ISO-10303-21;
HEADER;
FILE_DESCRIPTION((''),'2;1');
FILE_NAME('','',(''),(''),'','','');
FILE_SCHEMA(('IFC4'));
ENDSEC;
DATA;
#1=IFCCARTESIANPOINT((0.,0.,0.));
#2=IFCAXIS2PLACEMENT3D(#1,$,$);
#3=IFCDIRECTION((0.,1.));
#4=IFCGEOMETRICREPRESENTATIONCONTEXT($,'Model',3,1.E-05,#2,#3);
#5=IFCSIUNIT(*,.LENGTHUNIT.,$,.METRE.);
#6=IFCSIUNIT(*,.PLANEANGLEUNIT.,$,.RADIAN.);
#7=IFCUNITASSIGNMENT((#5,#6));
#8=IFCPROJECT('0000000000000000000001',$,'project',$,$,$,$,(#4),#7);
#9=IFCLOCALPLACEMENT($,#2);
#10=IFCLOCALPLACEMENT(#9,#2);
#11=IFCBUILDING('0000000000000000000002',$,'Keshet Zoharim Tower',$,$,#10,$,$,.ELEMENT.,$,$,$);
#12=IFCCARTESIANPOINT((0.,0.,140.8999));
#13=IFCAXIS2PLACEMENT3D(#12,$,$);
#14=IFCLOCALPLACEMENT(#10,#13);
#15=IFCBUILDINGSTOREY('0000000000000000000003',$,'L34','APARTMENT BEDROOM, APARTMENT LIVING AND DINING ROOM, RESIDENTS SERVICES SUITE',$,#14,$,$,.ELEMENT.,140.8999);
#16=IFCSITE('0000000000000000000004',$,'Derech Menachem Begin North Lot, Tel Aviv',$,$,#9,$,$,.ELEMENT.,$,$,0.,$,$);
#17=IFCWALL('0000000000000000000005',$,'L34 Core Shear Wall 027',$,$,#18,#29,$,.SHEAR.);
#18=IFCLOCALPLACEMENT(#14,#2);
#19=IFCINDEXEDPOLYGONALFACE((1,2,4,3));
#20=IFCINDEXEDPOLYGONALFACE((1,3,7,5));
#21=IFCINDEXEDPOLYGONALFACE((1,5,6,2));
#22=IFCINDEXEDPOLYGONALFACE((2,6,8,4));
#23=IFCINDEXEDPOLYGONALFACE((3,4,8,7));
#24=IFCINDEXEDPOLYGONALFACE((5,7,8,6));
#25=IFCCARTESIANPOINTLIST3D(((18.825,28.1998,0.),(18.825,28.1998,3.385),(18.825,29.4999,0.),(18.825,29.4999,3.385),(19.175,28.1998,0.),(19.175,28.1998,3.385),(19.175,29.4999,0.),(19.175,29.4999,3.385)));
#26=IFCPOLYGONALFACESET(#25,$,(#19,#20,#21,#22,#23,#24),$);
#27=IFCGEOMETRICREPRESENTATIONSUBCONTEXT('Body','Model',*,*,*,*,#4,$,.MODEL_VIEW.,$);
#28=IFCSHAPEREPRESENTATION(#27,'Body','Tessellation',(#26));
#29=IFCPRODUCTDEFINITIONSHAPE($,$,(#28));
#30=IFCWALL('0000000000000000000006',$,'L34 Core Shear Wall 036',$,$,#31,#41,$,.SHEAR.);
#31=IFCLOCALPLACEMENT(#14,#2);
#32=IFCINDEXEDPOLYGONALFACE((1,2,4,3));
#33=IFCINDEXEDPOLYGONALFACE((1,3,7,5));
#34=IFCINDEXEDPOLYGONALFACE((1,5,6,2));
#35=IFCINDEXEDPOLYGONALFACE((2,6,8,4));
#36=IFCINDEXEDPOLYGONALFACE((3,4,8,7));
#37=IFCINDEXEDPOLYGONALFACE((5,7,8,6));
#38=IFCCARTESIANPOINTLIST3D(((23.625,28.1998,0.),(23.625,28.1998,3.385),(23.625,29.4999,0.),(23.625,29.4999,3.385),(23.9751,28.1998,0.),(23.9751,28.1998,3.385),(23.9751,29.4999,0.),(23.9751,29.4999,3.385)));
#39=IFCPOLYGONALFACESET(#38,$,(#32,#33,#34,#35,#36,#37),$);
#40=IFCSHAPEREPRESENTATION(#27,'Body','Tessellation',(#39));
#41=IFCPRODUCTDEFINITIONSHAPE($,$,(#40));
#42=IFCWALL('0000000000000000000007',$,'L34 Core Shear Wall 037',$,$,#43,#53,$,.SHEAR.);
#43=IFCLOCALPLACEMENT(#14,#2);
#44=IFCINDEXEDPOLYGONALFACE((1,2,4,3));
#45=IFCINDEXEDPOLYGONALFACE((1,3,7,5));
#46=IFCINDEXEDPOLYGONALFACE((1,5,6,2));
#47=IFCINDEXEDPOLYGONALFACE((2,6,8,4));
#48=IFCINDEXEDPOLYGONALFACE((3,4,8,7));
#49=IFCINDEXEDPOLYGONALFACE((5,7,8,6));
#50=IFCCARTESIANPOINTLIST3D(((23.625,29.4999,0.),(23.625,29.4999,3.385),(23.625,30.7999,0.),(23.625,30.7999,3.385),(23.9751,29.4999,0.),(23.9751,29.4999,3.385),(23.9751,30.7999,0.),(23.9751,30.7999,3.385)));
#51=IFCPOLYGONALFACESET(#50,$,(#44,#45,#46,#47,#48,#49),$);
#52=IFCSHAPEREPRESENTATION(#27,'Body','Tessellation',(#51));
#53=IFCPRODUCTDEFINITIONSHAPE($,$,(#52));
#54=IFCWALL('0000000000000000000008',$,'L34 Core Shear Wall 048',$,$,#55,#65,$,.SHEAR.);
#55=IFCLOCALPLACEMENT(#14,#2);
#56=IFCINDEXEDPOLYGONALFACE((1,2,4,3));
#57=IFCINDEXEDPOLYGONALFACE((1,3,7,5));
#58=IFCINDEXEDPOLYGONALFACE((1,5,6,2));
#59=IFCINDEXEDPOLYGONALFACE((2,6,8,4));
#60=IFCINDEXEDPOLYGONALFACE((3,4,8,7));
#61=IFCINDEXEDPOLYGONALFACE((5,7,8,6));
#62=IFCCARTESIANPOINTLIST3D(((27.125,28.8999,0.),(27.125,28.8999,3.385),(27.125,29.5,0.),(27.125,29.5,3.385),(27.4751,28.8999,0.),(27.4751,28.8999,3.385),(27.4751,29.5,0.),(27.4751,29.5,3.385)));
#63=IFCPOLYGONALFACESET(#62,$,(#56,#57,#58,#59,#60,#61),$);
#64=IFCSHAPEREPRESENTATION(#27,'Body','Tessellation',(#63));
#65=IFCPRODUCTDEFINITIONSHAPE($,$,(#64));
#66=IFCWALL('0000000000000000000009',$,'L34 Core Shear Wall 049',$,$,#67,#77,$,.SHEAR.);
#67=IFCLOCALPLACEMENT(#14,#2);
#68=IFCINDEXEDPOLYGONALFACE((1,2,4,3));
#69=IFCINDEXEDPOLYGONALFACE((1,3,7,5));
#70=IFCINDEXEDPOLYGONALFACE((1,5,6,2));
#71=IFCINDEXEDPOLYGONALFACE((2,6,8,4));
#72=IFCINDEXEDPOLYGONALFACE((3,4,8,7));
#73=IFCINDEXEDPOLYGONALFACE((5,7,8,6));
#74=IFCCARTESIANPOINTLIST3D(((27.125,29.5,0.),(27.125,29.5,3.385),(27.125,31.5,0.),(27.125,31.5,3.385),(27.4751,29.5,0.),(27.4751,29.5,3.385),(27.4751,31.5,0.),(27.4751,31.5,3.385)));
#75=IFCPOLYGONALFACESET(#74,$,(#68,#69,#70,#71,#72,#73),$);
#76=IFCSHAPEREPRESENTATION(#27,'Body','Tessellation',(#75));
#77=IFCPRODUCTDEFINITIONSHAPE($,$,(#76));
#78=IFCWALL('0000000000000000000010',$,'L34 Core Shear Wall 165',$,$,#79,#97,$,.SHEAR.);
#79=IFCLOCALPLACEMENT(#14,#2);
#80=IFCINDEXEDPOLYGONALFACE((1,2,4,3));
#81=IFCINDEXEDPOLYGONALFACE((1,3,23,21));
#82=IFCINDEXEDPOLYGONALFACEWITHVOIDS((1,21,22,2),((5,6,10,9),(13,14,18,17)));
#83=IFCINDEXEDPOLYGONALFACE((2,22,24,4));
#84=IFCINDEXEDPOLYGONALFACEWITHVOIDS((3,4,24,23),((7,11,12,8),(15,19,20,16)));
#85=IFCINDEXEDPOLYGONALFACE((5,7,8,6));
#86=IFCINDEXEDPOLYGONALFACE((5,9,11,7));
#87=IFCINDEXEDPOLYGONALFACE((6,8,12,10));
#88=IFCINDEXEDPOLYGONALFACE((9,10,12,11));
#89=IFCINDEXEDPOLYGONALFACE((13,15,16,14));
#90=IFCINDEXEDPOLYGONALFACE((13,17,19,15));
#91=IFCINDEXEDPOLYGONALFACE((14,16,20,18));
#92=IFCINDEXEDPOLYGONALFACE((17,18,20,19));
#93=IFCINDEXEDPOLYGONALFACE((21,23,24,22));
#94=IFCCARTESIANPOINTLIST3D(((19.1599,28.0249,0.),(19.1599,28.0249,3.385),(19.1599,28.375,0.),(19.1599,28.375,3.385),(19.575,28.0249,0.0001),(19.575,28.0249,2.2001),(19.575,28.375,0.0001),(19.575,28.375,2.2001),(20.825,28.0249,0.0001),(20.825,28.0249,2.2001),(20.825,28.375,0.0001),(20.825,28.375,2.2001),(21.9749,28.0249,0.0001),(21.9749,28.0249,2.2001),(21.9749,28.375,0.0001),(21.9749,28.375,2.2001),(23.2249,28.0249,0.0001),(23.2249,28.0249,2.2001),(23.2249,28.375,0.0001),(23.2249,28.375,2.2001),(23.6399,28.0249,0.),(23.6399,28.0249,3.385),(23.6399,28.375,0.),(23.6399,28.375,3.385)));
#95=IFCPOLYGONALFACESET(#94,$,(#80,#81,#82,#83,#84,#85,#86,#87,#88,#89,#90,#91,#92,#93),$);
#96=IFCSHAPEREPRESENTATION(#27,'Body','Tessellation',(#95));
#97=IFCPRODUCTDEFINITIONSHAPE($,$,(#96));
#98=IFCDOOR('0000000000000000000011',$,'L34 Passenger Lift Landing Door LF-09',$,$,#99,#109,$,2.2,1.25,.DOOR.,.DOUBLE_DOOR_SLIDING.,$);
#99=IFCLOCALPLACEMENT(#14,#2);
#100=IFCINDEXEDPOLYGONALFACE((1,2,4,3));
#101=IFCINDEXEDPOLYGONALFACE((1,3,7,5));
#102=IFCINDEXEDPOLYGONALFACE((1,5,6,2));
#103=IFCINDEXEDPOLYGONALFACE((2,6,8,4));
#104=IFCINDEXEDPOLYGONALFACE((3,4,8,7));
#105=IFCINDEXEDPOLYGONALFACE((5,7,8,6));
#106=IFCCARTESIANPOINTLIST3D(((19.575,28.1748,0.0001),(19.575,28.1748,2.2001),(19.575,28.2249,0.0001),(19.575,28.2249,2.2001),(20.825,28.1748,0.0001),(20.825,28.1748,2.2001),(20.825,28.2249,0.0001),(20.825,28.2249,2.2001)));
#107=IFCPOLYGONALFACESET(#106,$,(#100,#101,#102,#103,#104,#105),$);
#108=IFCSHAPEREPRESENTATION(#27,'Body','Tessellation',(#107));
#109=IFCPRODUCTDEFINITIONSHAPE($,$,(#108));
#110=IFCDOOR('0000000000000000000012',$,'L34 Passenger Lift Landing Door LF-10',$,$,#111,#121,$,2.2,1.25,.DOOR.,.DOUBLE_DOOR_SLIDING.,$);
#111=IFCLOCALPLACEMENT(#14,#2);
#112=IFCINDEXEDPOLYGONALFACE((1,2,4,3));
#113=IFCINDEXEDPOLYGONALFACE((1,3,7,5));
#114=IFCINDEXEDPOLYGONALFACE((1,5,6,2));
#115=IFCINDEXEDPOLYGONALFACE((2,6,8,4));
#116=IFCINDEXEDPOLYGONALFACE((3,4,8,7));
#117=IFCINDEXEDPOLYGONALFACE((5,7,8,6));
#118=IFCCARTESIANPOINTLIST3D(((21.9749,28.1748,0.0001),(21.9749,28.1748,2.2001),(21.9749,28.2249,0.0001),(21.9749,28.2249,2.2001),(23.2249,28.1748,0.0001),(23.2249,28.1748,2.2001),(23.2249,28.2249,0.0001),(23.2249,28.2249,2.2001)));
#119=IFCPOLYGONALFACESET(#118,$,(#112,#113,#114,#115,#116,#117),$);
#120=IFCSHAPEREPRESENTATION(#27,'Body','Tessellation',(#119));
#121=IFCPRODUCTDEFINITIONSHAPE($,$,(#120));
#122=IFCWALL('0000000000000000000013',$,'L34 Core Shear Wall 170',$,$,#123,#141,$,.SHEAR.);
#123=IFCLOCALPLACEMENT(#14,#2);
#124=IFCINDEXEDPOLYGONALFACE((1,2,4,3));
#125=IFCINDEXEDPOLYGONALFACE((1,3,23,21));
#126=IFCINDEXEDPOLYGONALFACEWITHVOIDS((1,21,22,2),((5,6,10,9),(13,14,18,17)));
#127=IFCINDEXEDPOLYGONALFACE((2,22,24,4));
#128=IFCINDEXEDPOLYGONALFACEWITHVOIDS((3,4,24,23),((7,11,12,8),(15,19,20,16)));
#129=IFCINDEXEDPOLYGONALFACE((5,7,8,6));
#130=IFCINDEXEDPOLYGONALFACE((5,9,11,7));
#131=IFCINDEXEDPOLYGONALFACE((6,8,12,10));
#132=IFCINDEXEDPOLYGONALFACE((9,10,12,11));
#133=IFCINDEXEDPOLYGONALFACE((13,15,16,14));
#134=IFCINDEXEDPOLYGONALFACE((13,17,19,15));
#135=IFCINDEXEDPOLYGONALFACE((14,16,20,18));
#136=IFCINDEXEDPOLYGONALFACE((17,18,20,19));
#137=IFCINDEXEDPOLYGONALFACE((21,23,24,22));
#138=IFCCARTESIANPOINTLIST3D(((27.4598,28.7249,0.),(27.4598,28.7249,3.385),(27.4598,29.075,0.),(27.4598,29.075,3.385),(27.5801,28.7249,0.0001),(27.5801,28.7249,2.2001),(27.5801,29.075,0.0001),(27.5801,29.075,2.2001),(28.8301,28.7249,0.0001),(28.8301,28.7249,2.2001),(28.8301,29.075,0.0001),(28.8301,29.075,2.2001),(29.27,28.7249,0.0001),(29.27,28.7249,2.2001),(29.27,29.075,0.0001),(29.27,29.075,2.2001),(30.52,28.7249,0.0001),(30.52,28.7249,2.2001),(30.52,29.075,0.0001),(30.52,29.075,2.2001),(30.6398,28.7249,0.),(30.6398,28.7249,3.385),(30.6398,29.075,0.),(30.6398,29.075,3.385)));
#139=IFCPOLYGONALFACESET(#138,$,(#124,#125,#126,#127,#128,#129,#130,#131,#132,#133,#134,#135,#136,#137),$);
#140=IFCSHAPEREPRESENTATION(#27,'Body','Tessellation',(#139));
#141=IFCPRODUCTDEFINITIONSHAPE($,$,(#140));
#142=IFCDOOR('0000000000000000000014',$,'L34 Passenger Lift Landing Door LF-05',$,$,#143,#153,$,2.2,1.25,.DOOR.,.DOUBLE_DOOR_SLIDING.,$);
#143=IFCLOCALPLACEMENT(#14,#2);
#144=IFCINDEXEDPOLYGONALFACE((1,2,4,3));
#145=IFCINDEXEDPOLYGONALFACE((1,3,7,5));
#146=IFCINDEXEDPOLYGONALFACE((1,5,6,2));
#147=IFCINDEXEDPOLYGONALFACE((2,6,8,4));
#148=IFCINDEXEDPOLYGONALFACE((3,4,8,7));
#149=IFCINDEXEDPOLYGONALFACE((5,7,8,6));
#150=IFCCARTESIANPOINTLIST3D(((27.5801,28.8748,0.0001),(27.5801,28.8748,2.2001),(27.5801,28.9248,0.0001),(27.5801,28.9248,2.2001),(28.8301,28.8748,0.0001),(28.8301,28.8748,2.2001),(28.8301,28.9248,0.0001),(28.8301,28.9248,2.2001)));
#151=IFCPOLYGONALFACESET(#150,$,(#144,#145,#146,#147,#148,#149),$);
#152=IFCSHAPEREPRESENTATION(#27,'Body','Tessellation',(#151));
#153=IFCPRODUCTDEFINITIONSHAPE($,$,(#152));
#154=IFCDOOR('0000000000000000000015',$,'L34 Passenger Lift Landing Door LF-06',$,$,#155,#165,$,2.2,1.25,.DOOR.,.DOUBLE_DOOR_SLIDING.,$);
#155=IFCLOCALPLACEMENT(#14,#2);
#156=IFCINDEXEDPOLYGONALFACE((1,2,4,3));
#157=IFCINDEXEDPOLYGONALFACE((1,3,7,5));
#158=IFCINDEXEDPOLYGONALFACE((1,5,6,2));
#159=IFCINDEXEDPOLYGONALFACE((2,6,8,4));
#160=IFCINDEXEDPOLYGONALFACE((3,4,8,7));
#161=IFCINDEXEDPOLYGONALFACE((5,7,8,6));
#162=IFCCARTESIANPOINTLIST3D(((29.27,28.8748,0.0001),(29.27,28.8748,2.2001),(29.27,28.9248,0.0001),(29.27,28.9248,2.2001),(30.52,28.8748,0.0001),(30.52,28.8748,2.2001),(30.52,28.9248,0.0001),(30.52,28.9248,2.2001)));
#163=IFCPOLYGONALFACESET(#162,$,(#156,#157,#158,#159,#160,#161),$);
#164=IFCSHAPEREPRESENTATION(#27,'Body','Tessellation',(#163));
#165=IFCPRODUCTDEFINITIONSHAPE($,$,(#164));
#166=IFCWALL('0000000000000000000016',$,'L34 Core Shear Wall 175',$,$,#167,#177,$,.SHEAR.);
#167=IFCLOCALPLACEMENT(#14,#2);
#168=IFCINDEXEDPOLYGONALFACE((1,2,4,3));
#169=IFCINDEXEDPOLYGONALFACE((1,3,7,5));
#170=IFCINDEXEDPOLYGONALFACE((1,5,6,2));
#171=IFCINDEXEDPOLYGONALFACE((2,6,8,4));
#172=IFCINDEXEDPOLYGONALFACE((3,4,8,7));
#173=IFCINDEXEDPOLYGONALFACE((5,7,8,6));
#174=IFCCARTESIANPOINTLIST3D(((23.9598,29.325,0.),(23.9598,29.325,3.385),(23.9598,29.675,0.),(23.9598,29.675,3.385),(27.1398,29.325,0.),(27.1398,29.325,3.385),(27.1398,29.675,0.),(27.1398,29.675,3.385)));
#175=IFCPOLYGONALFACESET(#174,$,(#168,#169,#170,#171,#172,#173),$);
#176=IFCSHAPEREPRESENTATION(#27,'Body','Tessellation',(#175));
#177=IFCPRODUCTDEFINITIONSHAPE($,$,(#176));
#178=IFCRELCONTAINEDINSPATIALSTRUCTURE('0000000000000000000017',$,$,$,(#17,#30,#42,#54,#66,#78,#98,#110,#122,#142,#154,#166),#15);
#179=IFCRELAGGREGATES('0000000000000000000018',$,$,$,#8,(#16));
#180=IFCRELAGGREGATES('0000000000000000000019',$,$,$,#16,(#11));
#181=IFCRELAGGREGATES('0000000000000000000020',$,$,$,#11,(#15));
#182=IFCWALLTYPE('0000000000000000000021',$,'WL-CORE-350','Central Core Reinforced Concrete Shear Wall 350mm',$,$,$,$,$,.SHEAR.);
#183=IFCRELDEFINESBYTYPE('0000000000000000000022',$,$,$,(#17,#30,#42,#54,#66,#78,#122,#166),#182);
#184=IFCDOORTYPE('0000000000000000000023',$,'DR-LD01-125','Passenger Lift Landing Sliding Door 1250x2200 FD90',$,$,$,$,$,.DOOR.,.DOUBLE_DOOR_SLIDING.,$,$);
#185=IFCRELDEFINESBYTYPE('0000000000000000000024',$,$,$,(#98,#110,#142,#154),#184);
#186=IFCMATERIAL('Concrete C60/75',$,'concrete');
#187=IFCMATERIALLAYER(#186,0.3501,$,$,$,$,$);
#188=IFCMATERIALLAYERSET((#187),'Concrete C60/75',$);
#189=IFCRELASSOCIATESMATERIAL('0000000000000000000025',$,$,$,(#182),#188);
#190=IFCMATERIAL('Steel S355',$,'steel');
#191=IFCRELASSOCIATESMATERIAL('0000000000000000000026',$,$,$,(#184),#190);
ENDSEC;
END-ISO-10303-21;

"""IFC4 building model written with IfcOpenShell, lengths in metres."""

from ifc_helpers import new_model, si_unit, direction, frame, frame_2d, origin, place, context, subcontext, project, spatial, rectangle, extrude, material, layer, layer_set, type_object, element, fill, save


model = new_model("IFC4")

# Units and contexts
model_context = context("Model", 3, precision=1e-05, world=origin(), true_north=direction((0.0, 1.0)))
body_context = subcontext(model_context, "Body", "Model", "MODEL_VIEW")
ifc_project = project(units=[si_unit("LENGTHUNIT", "METRE"), si_unit("PLANEANGLEUNIT", "RADIAN")], contexts=[model_context])

# Site, building, storey
site_placement = place(None, origin())
site = spatial("IfcSite", under=ifc_project, at=site_placement, Name="Derech Menachem Begin North Lot, Tel Aviv", CompositionType="ELEMENT", RefElevation=0.0)
building_placement = place(site_placement, origin())
building = spatial("IfcBuilding", under=site, at=building_placement, Name="Keshet Zoharim Tower", CompositionType="ELEMENT")
storey_placement = place(building_placement, frame((0.0, 0.0, 140.8999)))
storey = spatial("IfcBuildingStorey", under=building, at=storey_placement, Name="L34", Description="APARTMENT BEDROOM, APARTMENT LIVING AND DINING ROOM, RESIDENTS SERVICES SUITE", CompositionType="ELEMENT", Elevation=140.8999)

# Wall
ifc_material_1 = material(Name="Concrete C60/75", Category="concrete")
ifc_layer_1 = layer(ifc_material_1, 0.3501)
ifc_layer_set_1 = layer_set([ifc_layer_1], Name="Concrete C60/75")
wall_type_1 = type_object("IfcWallType", Name="WL-CORE-350", Description="Central Core Reinforced Concrete Shear Wall 350mm", PredefinedType="SHEAR", material=ifc_layer_set_1)
wall_1_placement = place(storey_placement, frame((19.0, 28.2, 0.0), z_axis=(0.0, 0.0, 1.0), x_axis=(0.0, 1.0, 0.0)))
element("IfcWall", 1, at=wall_1_placement, inside=storey, type_object=wall_type_1, Name="L34 Core Shear Wall 027", PredefinedType="SHEAR", context=body_context, shape_type="SweptSolid", body=[
    extrude(rectangle(XDim=1.3, YDim=0.3501, at=frame_2d((0.6499, 0.0))), origin(), (0.0, 0.0, 1.0), 3.385),
])

# Walls
for number, where, z_axis, x_axis, name in (
    (2, (23.8, 28.2, 0.0), (0.0, 0.0, 1.0), (0.0, 1.0, 0.0), "L34 Core Shear Wall 036"),
    (3, (23.8, 29.5, 0.0), (0.0, 0.0, 1.0), (0.0, 1.0, 0.0), "L34 Core Shear Wall 037"),
):
    element("IfcWall", number, at=place(storey_placement, frame(where, z_axis=z_axis, x_axis=x_axis)), inside=storey, type_object=wall_type_1, Name=name, PredefinedType="SHEAR", context=body_context, shape_type="SweptSolid", body=[
        extrude(rectangle(XDim=1.3, YDim=0.3501, at=frame_2d((0.6499, 0.0))), origin(), (0.0, 0.0, 1.0), 3.385),
    ])
wall_2_placement = place(storey_placement, frame((27.3, 28.8999, 0.0), z_axis=(0.0, 0.0, 1.0), x_axis=(0.0, 1.0, 0.0)))
element("IfcWall", 4, at=wall_2_placement, inside=storey, type_object=wall_type_1, Name="L34 Core Shear Wall 048", PredefinedType="SHEAR", context=body_context, shape_type="SweptSolid", body=[
    extrude(rectangle(XDim=0.6001, YDim=0.3501, at=frame_2d((0.3, 0.0))), origin(), (0.0, 0.0, 1.0), 3.385),
])
wall_3_placement = place(storey_placement, frame((27.3, 29.5, 0.0), z_axis=(0.0, 0.0, 1.0), x_axis=(0.0, 1.0, 0.0)))
element("IfcWall", 5, at=wall_3_placement, inside=storey, type_object=wall_type_1, Name="L34 Core Shear Wall 049", PredefinedType="SHEAR", context=body_context, shape_type="SweptSolid", body=[
    extrude(rectangle(XDim=2.0, YDim=0.3501, at=frame_2d((1.0, 0.0))), origin(), (0.0, 0.0, 1.0), 3.385),
])

# Walls, openings, doors
wall_4_placement = place(storey_placement, frame((19.1599, 28.2, 0.0), z_axis=(0.0, 0.0, 1.0), x_axis=(1.0, 0.0, 0.0)))
wall_4 = element("IfcWall", 6, at=wall_4_placement, inside=storey, type_object=wall_type_1, Name="L34 Core Shear Wall 165", PredefinedType="SHEAR", context=body_context, shape_type="SweptSolid", body=[
    extrude(rectangle(XDim=4.48, YDim=0.3501, at=frame_2d((2.24, 0.0))), origin(), (0.0, 0.0, 1.0), 3.385),
])
opening_1_placement = place(wall_4_placement, frame((0.415, 0.0, 0.0)))
opening_1 = element("IfcOpeningElement", 7, at=opening_1_placement, cuts=wall_4, PredefinedType="OPENING", context=body_context, shape_type="SweptSolid", body=[
    extrude(rectangle(XDim=1.25, YDim=2.2, at=frame_2d((0.625, 1.1001))), frame((0.0, 0.1851, 0.0), z_axis=(0.0, -1.0, 0.0), x_axis=(1.0, 0.0, 0.0)), (0.0, 0.0, 1.0), 0.3701),
])
opening_2_placement = place(wall_4_placement, frame((2.8149, 0.0, 0.0)))
opening_2 = element("IfcOpeningElement", 8, at=opening_2_placement, cuts=wall_4, PredefinedType="OPENING", context=body_context, shape_type="SweptSolid", body=[
    extrude(rectangle(XDim=1.25, YDim=2.2, at=frame_2d((0.625, 1.1001))), frame((0.0, 0.1851, 0.0), z_axis=(0.0, -1.0, 0.0), x_axis=(1.0, 0.0, 0.0)), (0.0, 0.0, 1.0), 0.3701),
])
ifc_material_2 = material(Name="Steel S355", Category="steel")
door_type_1 = type_object("IfcDoorType", Name="DR-LD01-125", Description="Passenger Lift Landing Sliding Door 1250x2200 FD90", OperationType="DOUBLE_DOOR_SLIDING", PredefinedType="DOOR", material=ifc_material_2)
door_1_placement = place(opening_1_placement, origin())
door_1 = element("IfcDoor", 9, at=door_1_placement, inside=storey, type_object=door_type_1, Name="L34 Passenger Lift Landing Door LF-09", OperationType="DOUBLE_DOOR_SLIDING", OverallHeight=2.2, OverallWidth=1.25, PredefinedType="DOOR", context=body_context, shape_type="SweptSolid", body=[
    extrude(rectangle(XDim=1.25, YDim=2.2, at=frame_2d((0.625, 1.1001))), frame((0.0, 0.0249, 0.0), z_axis=(0.0, -1.0, 0.0), x_axis=(1.0, 0.0, 0.0)), (0.0, 0.0, 1.0), 0.05),
])
fill(opening_1, door_1)
door_2_placement = place(opening_2_placement, origin())
door_2 = element("IfcDoor", 10, at=door_2_placement, inside=storey, type_object=door_type_1, Name="L34 Passenger Lift Landing Door LF-10", OperationType="DOUBLE_DOOR_SLIDING", OverallHeight=2.2, OverallWidth=1.25, PredefinedType="DOOR", context=body_context, shape_type="SweptSolid", body=[
    extrude(rectangle(XDim=1.25, YDim=2.2, at=frame_2d((0.625, 1.1001))), frame((0.0, 0.0249, 0.0), z_axis=(0.0, -1.0, 0.0), x_axis=(1.0, 0.0, 0.0)), (0.0, 0.0, 1.0), 0.05),
])
fill(opening_2, door_2)
wall_5_placement = place(storey_placement, frame((27.46, 28.8999, 0.0), z_axis=(0.0, 0.0, 1.0), x_axis=(1.0, 0.0, 0.0)))
wall_5 = element("IfcWall", 11, at=wall_5_placement, inside=storey, type_object=wall_type_1, Name="L34 Core Shear Wall 170", PredefinedType="SHEAR", context=body_context, shape_type="SweptSolid", body=[
    extrude(rectangle(XDim=3.1799, YDim=0.3501, at=frame_2d((1.5898, 0.0))), origin(), (0.0, 0.0, 1.0), 3.385),
])
opening_3_placement = place(wall_5_placement, frame((0.1201, 0.0, 0.0)))
opening_3 = element("IfcOpeningElement", 12, at=opening_3_placement, cuts=wall_5, PredefinedType="OPENING", context=body_context, shape_type="SweptSolid", body=[
    extrude(rectangle(XDim=1.25, YDim=2.2, at=frame_2d((0.625, 1.1001))), frame((0.0, 0.1851, 0.0), z_axis=(0.0, -1.0, 0.0), x_axis=(1.0, 0.0, 0.0)), (0.0, 0.0, 1.0), 0.3701),
])
opening_4_placement = place(wall_5_placement, frame((1.8101, 0.0, 0.0)))
opening_4 = element("IfcOpeningElement", 13, at=opening_4_placement, cuts=wall_5, PredefinedType="OPENING", context=body_context, shape_type="SweptSolid", body=[
    extrude(rectangle(XDim=1.25, YDim=2.2, at=frame_2d((0.625, 1.1001))), frame((0.0, 0.1851, 0.0), z_axis=(0.0, -1.0, 0.0), x_axis=(1.0, 0.0, 0.0)), (0.0, 0.0, 1.0), 0.3701),
])
door_3_placement = place(opening_3_placement, origin())
door_3 = element("IfcDoor", 14, at=door_3_placement, inside=storey, type_object=door_type_1, Name="L34 Passenger Lift Landing Door LF-05", OperationType="DOUBLE_DOOR_SLIDING", OverallHeight=2.2, OverallWidth=1.25, PredefinedType="DOOR", context=body_context, shape_type="SweptSolid", body=[
    extrude(rectangle(XDim=1.25, YDim=2.2, at=frame_2d((0.625, 1.1001))), frame((0.0, 0.0249, 0.0), z_axis=(0.0, -1.0, 0.0), x_axis=(1.0, 0.0, 0.0)), (0.0, 0.0, 1.0), 0.05),
])
fill(opening_3, door_3)
door_4_placement = place(opening_4_placement, origin())
door_4 = element("IfcDoor", 15, at=door_4_placement, inside=storey, type_object=door_type_1, Name="L34 Passenger Lift Landing Door LF-06", OperationType="DOUBLE_DOOR_SLIDING", OverallHeight=2.2, OverallWidth=1.25, PredefinedType="DOOR", context=body_context, shape_type="SweptSolid", body=[
    extrude(rectangle(XDim=1.25, YDim=2.2, at=frame_2d((0.625, 1.1001))), frame((0.0, 0.0249, 0.0), z_axis=(0.0, -1.0, 0.0), x_axis=(1.0, 0.0, 0.0)), (0.0, 0.0, 1.0), 0.05),
])
fill(opening_4, door_4)

# Wall
wall_6_placement = place(storey_placement, frame((23.96, 29.5, 0.0), z_axis=(0.0, 0.0, 1.0), x_axis=(1.0, 0.0, 0.0)))
element("IfcWall", 16, at=wall_6_placement, inside=storey, type_object=wall_type_1, Name="L34 Core Shear Wall 175", PredefinedType="SHEAR", context=body_context, shape_type="SweptSolid", body=[
    extrude(rectangle(XDim=3.1799, YDim=0.3501, at=frame_2d((1.5898, 0.0))), origin(), (0.0, 0.0, 1.0), 3.385),
])

save(model, "model.ifc")
